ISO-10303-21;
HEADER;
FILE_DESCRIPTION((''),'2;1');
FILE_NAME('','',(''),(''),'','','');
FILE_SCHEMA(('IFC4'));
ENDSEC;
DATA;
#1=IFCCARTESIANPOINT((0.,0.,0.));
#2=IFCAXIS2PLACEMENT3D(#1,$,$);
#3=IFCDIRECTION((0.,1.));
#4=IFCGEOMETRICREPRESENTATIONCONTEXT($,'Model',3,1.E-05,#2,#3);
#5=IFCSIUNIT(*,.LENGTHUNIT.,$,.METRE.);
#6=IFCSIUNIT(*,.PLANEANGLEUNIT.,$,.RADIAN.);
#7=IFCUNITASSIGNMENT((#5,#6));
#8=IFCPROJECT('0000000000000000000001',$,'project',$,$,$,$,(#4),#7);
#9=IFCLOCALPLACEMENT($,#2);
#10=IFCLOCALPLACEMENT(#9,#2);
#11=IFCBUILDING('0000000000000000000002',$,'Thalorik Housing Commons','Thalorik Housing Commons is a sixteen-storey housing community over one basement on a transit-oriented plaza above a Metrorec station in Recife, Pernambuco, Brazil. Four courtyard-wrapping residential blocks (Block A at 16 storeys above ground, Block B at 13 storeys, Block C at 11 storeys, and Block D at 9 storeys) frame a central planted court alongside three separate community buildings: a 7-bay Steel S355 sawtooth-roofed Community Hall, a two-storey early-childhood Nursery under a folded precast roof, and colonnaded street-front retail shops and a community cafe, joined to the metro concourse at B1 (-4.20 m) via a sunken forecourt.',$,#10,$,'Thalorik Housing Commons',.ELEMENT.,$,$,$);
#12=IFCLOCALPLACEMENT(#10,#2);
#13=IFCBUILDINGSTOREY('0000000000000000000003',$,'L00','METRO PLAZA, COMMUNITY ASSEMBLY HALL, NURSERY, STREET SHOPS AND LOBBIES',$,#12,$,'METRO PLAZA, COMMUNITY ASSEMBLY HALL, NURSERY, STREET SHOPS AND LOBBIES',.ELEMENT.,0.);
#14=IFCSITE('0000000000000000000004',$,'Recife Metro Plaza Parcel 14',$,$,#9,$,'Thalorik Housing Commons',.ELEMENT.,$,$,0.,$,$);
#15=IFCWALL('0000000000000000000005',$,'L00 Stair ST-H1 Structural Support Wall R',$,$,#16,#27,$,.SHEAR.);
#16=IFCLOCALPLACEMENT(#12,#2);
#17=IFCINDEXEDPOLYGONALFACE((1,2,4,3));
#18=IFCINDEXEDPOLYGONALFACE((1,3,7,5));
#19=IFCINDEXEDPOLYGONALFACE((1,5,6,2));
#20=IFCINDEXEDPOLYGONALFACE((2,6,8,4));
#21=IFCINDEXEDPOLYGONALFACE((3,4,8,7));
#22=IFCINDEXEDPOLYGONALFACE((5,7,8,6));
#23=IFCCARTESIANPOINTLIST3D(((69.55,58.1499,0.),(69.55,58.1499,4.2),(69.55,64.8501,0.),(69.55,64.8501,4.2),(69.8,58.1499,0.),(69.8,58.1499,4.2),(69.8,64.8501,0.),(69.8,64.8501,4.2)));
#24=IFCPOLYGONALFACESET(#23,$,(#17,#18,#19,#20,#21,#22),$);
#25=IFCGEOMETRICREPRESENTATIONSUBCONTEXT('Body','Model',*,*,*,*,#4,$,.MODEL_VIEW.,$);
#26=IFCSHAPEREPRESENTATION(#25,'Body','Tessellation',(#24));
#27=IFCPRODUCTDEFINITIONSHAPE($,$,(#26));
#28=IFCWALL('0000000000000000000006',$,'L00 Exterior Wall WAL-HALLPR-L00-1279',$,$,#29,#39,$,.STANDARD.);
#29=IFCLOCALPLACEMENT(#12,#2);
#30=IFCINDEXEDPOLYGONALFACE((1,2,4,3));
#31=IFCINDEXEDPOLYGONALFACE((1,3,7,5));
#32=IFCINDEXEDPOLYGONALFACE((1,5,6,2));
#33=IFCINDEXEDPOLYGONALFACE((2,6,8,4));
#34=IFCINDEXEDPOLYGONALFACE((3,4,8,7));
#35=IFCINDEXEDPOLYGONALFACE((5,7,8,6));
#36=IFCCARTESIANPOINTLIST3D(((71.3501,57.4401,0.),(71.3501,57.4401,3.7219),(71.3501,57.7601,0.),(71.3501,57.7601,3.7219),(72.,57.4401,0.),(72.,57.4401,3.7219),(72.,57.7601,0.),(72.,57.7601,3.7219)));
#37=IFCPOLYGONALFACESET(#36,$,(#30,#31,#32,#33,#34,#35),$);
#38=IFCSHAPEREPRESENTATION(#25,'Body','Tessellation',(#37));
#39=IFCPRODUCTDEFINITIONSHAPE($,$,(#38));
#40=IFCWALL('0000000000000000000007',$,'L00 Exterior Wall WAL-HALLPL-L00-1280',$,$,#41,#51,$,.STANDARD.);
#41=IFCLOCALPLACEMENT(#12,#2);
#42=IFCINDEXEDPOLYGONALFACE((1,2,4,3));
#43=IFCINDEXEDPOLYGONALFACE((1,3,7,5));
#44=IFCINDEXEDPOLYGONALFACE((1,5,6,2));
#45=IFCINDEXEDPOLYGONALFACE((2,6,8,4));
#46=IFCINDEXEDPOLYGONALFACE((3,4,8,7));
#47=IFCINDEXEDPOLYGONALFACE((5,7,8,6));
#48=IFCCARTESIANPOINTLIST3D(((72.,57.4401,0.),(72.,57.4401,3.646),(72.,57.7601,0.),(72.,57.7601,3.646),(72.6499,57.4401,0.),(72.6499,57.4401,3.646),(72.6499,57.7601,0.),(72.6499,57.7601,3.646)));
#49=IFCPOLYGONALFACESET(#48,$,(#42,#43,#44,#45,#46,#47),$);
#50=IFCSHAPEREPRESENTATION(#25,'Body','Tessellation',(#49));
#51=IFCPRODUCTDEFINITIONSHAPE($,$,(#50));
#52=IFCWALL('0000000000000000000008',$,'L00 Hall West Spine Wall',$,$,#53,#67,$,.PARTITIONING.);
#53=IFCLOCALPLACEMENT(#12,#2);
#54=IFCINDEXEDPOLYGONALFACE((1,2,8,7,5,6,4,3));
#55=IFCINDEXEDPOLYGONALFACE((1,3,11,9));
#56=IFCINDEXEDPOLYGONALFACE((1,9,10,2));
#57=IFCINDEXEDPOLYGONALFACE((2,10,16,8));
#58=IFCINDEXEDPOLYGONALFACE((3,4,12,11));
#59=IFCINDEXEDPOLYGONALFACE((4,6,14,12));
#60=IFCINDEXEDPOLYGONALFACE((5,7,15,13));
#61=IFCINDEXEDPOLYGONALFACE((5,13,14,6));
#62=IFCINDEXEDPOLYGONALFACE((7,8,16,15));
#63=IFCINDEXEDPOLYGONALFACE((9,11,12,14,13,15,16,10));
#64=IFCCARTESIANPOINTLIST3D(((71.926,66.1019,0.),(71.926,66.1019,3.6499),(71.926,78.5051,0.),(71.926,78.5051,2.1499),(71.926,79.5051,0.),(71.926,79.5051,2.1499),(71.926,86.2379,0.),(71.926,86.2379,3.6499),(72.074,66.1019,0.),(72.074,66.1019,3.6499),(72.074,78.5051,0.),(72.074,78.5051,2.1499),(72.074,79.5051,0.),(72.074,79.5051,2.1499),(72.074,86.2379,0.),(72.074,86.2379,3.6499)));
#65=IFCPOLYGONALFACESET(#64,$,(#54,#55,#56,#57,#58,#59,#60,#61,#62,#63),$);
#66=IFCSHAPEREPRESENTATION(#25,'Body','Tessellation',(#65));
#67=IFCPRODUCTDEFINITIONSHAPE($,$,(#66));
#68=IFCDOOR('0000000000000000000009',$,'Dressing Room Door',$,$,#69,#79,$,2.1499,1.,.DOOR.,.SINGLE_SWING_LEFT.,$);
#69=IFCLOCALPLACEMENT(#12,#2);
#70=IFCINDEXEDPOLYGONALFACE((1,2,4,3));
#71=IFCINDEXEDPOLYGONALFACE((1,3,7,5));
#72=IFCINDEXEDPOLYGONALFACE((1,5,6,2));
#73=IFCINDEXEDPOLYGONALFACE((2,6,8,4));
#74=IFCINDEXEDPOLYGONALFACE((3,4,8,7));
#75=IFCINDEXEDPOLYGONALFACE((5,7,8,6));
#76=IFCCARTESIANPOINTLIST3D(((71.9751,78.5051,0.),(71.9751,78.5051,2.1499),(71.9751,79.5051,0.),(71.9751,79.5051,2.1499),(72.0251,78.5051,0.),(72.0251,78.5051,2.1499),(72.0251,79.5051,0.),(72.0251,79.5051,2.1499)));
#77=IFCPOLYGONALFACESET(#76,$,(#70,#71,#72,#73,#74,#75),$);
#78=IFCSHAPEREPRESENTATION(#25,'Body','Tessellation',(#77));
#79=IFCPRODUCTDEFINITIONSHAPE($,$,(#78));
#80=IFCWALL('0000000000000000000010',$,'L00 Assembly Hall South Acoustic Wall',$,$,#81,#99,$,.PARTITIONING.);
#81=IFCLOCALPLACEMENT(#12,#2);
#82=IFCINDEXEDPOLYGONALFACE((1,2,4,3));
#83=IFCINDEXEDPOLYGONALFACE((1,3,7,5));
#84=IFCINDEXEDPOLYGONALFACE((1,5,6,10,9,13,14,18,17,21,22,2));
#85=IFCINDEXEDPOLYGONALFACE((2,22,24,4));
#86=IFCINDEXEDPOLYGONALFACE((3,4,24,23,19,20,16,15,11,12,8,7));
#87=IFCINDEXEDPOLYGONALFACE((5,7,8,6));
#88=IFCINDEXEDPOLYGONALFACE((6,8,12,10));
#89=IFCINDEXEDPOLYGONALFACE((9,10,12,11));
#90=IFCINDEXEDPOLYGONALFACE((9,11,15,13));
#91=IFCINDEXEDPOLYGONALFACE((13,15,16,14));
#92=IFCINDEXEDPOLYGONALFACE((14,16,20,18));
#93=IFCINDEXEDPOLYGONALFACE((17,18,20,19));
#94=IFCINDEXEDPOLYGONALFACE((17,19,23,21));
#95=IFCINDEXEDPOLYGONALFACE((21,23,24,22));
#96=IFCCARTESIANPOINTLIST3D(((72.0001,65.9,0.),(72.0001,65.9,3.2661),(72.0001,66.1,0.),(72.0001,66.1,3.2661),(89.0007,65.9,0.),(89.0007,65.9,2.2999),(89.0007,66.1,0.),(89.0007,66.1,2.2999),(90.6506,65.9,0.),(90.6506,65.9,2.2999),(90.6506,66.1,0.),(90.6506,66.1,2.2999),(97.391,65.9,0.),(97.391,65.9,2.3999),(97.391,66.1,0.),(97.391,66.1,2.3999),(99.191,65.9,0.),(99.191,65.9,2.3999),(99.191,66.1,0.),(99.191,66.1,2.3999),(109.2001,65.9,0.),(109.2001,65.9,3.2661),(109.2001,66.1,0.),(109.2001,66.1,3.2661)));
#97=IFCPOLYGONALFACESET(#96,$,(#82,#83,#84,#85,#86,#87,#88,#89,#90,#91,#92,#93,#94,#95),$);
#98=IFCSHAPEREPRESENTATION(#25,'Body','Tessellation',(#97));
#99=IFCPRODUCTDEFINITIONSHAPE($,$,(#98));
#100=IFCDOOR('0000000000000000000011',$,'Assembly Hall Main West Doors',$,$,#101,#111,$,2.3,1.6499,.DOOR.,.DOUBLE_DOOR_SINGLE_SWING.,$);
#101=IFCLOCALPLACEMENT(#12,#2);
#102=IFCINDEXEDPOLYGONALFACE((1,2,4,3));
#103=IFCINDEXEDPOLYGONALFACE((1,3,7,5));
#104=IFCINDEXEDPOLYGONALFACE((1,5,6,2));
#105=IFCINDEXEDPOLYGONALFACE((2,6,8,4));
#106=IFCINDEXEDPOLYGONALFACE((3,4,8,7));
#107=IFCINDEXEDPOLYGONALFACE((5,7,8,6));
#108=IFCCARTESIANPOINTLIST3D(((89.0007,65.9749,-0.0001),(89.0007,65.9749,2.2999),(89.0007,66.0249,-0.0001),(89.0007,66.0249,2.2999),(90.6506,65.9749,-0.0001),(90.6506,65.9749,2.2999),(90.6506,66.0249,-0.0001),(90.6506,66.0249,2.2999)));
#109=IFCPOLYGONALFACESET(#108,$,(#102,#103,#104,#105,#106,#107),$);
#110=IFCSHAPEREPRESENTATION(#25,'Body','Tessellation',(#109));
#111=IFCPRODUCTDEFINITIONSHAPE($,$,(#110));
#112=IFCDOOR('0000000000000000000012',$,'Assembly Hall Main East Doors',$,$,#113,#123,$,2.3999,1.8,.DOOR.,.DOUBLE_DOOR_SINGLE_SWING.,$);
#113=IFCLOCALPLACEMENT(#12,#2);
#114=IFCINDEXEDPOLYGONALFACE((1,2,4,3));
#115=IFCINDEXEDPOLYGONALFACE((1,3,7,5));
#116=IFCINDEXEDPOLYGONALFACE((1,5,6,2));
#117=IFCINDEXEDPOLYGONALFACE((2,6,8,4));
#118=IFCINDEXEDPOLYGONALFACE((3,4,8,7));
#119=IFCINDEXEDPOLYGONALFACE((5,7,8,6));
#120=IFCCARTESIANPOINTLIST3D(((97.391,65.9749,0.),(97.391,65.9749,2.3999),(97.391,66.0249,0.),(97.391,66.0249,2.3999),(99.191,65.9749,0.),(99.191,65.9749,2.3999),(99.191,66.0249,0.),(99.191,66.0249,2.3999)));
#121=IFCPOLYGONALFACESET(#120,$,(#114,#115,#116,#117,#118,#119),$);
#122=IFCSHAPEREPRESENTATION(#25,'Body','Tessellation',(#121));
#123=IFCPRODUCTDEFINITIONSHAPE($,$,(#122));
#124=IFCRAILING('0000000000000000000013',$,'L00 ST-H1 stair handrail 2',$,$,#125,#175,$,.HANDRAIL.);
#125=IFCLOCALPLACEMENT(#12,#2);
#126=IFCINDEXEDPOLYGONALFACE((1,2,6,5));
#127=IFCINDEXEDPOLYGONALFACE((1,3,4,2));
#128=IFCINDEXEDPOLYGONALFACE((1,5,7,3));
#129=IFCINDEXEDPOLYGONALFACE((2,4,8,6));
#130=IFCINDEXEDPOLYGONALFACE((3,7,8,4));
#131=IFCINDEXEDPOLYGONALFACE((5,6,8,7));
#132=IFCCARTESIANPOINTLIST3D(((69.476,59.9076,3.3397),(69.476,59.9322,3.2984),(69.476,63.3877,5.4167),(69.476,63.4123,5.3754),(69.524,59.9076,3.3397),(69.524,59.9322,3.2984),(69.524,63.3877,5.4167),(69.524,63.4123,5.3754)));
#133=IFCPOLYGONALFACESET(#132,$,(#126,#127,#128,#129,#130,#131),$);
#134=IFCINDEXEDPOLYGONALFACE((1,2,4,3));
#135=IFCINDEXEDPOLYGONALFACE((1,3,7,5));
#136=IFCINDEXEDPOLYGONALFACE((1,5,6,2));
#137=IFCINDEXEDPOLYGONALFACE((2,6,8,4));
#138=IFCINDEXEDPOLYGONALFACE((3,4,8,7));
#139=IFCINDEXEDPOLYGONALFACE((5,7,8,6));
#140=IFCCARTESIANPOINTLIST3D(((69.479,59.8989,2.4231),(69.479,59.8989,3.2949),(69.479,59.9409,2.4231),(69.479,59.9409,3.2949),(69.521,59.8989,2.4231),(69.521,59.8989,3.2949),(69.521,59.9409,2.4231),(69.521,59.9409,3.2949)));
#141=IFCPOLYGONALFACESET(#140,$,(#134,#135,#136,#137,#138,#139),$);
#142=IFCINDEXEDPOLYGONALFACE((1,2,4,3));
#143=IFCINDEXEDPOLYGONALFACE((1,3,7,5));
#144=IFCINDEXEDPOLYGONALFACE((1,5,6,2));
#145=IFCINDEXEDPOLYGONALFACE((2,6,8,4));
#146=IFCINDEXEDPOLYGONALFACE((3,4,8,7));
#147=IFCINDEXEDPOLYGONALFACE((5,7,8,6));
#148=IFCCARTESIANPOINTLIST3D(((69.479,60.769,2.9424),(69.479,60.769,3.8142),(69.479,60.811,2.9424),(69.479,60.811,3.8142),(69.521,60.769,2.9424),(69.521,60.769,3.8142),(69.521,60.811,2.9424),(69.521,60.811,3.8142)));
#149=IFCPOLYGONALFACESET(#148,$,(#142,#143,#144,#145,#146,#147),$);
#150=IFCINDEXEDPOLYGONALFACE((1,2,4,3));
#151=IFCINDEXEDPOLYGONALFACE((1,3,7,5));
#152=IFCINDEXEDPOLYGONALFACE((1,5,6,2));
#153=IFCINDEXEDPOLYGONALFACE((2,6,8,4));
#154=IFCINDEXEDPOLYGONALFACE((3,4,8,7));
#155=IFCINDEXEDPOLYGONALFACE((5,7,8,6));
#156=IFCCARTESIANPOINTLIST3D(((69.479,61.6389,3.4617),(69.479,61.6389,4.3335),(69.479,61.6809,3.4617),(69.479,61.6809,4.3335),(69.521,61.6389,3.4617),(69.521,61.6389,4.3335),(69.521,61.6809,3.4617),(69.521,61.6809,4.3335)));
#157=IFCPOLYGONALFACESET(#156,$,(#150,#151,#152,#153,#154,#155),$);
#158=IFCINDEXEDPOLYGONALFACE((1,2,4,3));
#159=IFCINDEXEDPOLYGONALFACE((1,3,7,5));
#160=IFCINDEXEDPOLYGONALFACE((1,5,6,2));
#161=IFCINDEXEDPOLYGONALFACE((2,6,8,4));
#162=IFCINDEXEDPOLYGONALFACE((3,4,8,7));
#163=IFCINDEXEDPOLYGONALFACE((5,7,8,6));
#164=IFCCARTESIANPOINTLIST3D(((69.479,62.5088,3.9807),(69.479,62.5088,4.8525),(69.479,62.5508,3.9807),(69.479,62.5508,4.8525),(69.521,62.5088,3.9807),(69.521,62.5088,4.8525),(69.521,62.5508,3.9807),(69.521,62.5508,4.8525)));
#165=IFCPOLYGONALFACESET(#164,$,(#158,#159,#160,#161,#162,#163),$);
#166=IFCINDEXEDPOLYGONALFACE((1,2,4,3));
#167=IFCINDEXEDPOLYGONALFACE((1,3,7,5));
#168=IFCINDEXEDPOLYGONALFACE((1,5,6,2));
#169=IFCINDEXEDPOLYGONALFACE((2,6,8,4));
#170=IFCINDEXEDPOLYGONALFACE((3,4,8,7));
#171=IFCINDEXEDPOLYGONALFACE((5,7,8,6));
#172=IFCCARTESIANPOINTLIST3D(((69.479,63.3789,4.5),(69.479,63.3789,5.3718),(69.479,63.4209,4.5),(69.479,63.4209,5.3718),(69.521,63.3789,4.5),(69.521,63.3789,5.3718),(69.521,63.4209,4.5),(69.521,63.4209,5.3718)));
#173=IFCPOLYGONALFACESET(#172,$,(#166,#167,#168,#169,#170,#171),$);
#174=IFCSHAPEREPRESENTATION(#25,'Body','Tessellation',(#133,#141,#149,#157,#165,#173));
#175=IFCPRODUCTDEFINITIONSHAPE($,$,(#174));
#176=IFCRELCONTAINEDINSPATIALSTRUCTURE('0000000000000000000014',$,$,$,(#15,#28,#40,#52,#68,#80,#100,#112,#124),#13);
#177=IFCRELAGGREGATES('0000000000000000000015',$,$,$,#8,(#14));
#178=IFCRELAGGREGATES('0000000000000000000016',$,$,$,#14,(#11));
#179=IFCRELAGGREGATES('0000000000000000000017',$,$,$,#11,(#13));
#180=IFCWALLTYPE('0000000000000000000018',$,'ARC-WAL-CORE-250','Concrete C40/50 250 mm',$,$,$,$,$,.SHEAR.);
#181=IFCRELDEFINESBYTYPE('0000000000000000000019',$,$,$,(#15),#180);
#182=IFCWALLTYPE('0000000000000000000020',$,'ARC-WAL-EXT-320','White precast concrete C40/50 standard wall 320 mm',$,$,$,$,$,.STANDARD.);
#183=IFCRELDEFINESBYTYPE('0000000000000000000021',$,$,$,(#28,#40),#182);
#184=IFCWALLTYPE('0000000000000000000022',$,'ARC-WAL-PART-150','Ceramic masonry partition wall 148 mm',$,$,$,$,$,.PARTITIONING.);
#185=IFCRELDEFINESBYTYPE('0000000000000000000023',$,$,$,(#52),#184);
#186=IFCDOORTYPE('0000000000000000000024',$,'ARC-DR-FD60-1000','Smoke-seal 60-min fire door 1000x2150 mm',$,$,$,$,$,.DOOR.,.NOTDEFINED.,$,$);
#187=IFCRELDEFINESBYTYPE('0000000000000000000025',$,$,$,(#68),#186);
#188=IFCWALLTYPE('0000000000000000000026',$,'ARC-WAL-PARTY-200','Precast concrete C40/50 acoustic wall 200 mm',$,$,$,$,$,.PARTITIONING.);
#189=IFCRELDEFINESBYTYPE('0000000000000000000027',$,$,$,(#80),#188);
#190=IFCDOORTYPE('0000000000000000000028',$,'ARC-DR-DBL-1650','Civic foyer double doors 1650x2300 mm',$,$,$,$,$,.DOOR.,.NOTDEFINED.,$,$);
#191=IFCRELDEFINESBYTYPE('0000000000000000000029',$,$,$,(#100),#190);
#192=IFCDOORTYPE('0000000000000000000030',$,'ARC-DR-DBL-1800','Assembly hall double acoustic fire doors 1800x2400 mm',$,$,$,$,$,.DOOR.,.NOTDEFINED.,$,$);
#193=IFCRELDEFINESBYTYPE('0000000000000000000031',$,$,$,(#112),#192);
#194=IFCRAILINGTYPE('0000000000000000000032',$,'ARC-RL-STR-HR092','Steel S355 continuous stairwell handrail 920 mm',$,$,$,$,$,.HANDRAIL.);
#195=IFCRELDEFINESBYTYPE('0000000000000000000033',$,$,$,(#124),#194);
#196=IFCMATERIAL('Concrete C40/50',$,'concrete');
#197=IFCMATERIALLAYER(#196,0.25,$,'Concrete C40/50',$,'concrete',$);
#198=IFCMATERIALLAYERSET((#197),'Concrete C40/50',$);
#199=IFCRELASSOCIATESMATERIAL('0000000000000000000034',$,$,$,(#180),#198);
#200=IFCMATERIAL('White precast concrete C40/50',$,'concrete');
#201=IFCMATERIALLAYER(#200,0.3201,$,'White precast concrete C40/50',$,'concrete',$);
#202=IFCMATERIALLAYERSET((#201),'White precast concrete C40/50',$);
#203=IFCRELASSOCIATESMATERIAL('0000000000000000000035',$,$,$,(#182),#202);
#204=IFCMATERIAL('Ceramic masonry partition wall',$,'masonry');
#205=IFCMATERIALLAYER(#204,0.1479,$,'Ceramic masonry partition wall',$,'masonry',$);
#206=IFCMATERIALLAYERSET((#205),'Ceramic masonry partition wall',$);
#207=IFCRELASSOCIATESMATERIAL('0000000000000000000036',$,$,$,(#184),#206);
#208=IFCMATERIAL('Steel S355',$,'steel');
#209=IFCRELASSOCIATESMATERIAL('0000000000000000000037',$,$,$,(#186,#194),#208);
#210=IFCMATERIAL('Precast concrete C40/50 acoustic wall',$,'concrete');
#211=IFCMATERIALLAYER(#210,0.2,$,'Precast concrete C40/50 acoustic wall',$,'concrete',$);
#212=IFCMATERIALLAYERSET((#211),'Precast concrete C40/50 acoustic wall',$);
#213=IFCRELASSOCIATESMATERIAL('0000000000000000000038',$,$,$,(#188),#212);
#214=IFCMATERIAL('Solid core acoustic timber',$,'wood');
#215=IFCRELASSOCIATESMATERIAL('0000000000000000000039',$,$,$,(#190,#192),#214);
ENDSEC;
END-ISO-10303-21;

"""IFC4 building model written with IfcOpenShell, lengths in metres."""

from ifc_helpers import new_model, si_unit, direction, frame, frame_2d, origin, origin_2d, place, context, subcontext, project, spatial, rectangle, extrude, material, layer, layer_set, type_object, element, fill, save


model = new_model("IFC4")

# Units and contexts
model_context = context("Model", 3, precision=1e-05, world=origin(), true_north=direction((0.0, 1.0)))
body_context = subcontext(model_context, "Body", "Model", "MODEL_VIEW")
ifc_project = project(units=[si_unit("LENGTHUNIT", "METRE"), si_unit("PLANEANGLEUNIT", "RADIAN")], contexts=[model_context])

# Site, building, storey
site_placement = place(None, origin())
site = spatial("IfcSite", under=ifc_project, at=site_placement, Name="Recife Metro Plaza Parcel 14", LongName="Thalorik Housing Commons", CompositionType="ELEMENT", RefElevation=0.0)
building_placement = place(site_placement, origin())
building = spatial("IfcBuilding", under=site, at=building_placement, Name="Thalorik Housing Commons", Description="Thalorik Housing Commons is a sixteen-storey housing community over one basement on a transit-oriented plaza above a Metrorec station in Recife, Pernambuco, Brazil. Four courtyard-wrapping residential blocks (Block A at 16 storeys above ground, Block B at 13 storeys, Block C at 11 storeys, and Block D at 9 storeys) frame a central planted court alongside three separate community buildings: a 7-bay Steel S355 sawtooth-roofed Community Hall, a two-storey early-childhood Nursery under a folded precast roof, and colonnaded street-front retail shops and a community cafe, joined to the metro concourse at B1 (-4.20 m) via a sunken forecourt.", LongName="Thalorik Housing Commons", CompositionType="ELEMENT")
storey_placement = place(building_placement, origin())
storey = spatial("IfcBuildingStorey", under=building, at=storey_placement, Name="L00", Description="METRO PLAZA, COMMUNITY ASSEMBLY HALL, NURSERY, STREET SHOPS AND LOBBIES", LongName="METRO PLAZA, COMMUNITY ASSEMBLY HALL, NURSERY, STREET SHOPS AND LOBBIES", CompositionType="ELEMENT", Elevation=0.0)

# Shared definitions
ifc_material_1 = material(Name="Steel S355", Category="steel")

# Walls
ifc_material_2 = material(Name="Concrete C40/50", Category="concrete")
ifc_layer_1 = layer(ifc_material_2, 0.25, Name="Concrete C40/50", Category="concrete")
ifc_layer_set_1 = layer_set([ifc_layer_1], Name="Concrete C40/50")
wall_type_1 = type_object("IfcWallType", Name="ARC-WAL-CORE-250", Description="Concrete C40/50 250 mm", PredefinedType="SHEAR", material=ifc_layer_set_1)
wall_1_placement = place(storey_placement, frame((69.675, 64.8501, 0.0), z_axis=(0.0, 0.0, 1.0), x_axis=(0.0, -1.0, 0.0)))
element("IfcWall", 1, at=wall_1_placement, inside=storey, type_object=wall_type_1, Name="L00 Stair ST-H1 Structural Support Wall R", PredefinedType="SHEAR", context=body_context, shape_type="SweptSolid", body=[
    extrude(rectangle(XDim=6.7002, YDim=0.25, at=frame_2d((3.3501, 0.0))), origin(), (0.0, 0.0, 1.0), 4.2),
])
ifc_material_3 = material(Name="White precast concrete C40/50", Category="concrete")
ifc_layer_2 = layer(ifc_material_3, 0.3201, Name="White precast concrete C40/50", Category="concrete")
ifc_layer_set_2 = layer_set([ifc_layer_2], Name="White precast concrete C40/50")
wall_type_2 = type_object("IfcWallType", Name="ARC-WAL-EXT-320", Description="White precast concrete C40/50 standard wall 320 mm", PredefinedType="STANDARD", material=ifc_layer_set_2)
wall_2_placement = place(storey_placement, frame((71.3501, 57.6001, 0.0), z_axis=(0.0, 0.0, 1.0), x_axis=(1.0, 0.0, 0.0)))
element("IfcWall", 2, at=wall_2_placement, inside=storey, type_object=wall_type_2, Name="L00 Exterior Wall WAL-HALLPR-L00-1279", PredefinedType="STANDARD", context=body_context, shape_type="SweptSolid", body=[
    extrude(rectangle(XDim=0.6499, YDim=0.3201, at=frame_2d((0.325, 0.0))), origin(), (0.0, 0.0, 1.0), 3.7219),
])
wall_3_placement = place(storey_placement, frame((72.0, 57.6001, 0.0), z_axis=(0.0, 0.0, 1.0), x_axis=(1.0, 0.0, 0.0)))
element("IfcWall", 3, at=wall_3_placement, inside=storey, type_object=wall_type_2, Name="L00 Exterior Wall WAL-HALLPL-L00-1280", PredefinedType="STANDARD", context=body_context, shape_type="SweptSolid", body=[
    extrude(rectangle(XDim=0.6499, YDim=0.3201, at=frame_2d((0.325, 0.0))), origin(), (0.0, 0.0, 1.0), 3.646),
])

# Wall, opening, door
ifc_material_4 = material(Name="Ceramic masonry partition wall", Category="masonry")
ifc_layer_3 = layer(ifc_material_4, 0.1479, Name="Ceramic masonry partition wall", Category="masonry")
ifc_layer_set_3 = layer_set([ifc_layer_3], Name="Ceramic masonry partition wall")
wall_type_3 = type_object("IfcWallType", Name="ARC-WAL-PART-150", Description="Ceramic masonry partition wall 148 mm", PredefinedType="PARTITIONING", material=ifc_layer_set_3)
wall_4_placement = place(storey_placement, frame((72.0, 66.1021, 0.0), z_axis=(0.0, 0.0, 1.0), x_axis=(0.0, 1.0, 0.0)))
wall_4 = element("IfcWall", 4, at=wall_4_placement, inside=storey, type_object=wall_type_3, Name="L00 Hall West Spine Wall", PredefinedType="PARTITIONING", context=body_context, shape_type="SweptSolid", body=[
    extrude(rectangle(XDim=20.136, YDim=0.1479, at=frame_2d((10.0679, 0.0))), origin(), (0.0, 0.0, 1.0), 3.6499),
])
opening_1_placement = place(wall_4_placement, frame((12.4031, 0.0, 0.0)))
opening_1 = element("IfcOpeningElement", 5, at=opening_1_placement, cuts=wall_4, PredefinedType="OPENING", context=body_context, shape_type="SweptSolid", body=[
    extrude(rectangle(XDim=1.0, YDim=2.1499, at=frame_2d((0.5, 1.075))), frame((0.0, 0.084, 0.0), z_axis=(0.0, -1.0, 0.0), x_axis=(1.0, 0.0, 0.0)), (0.0, 0.0, 1.0), 0.168),
])
door_type_1 = type_object("IfcDoorType", Name="ARC-DR-FD60-1000", Description="Smoke-seal 60-min fire door 1000x2150 mm", OperationType="NOTDEFINED", PredefinedType="DOOR", material=ifc_material_1)
door_1_placement = place(opening_1_placement, origin())
door_1 = element("IfcDoor", 6, at=door_1_placement, inside=storey, type_object=door_type_1, Name="Dressing Room Door", OperationType="SINGLE_SWING_LEFT", OverallHeight=2.1499, OverallWidth=1.0, PredefinedType="DOOR", context=body_context, shape_type="SweptSolid", body=[
    extrude(rectangle(XDim=1.0, YDim=2.1499, at=frame_2d((0.5, 1.075))), frame((0.0, 0.0249, 0.0), z_axis=(0.0, -1.0, 0.0), x_axis=(1.0, 0.0, 0.0)), (0.0, 0.0, 1.0), 0.05),
])
fill(opening_1, door_1)

# Wall, openings, doors
ifc_material_5 = material(Name="Precast concrete C40/50 acoustic wall", Category="concrete")
ifc_layer_4 = layer(ifc_material_5, 0.2, Name="Precast concrete C40/50 acoustic wall", Category="concrete")
ifc_layer_set_4 = layer_set([ifc_layer_4], Name="Precast concrete C40/50 acoustic wall")
wall_type_4 = type_object("IfcWallType", Name="ARC-WAL-PARTY-200", Description="Precast concrete C40/50 acoustic wall 200 mm", PredefinedType="PARTITIONING", material=ifc_layer_set_4)
wall_5_placement = place(storey_placement, frame((72.0, 66.0, 0.0), z_axis=(0.0, 0.0, 1.0), x_axis=(1.0, 0.0, 0.0)))
wall_5 = element("IfcWall", 7, at=wall_5_placement, inside=storey, type_object=wall_type_4, Name="L00 Assembly Hall South Acoustic Wall", PredefinedType="PARTITIONING", context=body_context, shape_type="SweptSolid", body=[
    extrude(rectangle(XDim=37.2, YDim=0.2, at=frame_2d((18.6001, 0.0))), origin(), (0.0, 0.0, 1.0), 3.2661),
])
opening_2_placement = place(wall_5_placement, frame((17.0007, 0.0, 0.0)))
opening_2 = element("IfcOpeningElement", 8, at=opening_2_placement, cuts=wall_5, PredefinedType="OPENING", context=body_context, shape_type="SweptSolid", body=[
    extrude(rectangle(XDim=1.6499, YDim=2.3, at=frame_2d((0.825, 1.1499))), frame((0.0, 0.1099, 0.0), z_axis=(0.0, -1.0, 0.0), x_axis=(1.0, 0.0, 0.0)), (0.0, 0.0, 1.0), 0.22),
])
opening_3_placement = place(wall_5_placement, frame((25.3911, 0.0, 0.0)))
opening_3 = element("IfcOpeningElement", 9, at=opening_3_placement, cuts=wall_5, PredefinedType="OPENING", context=body_context, shape_type="SweptSolid", body=[
    extrude(rectangle(XDim=1.8, YDim=2.3999, at=frame_2d((0.8999, 1.2))), frame((0.0, 0.1099, 0.0), z_axis=(0.0, -1.0, 0.0), x_axis=(1.0, 0.0, 0.0)), (0.0, 0.0, 1.0), 0.22),
])
ifc_material_6 = material(Name="Solid core acoustic timber", Category="wood")
door_type_2 = type_object("IfcDoorType", Name="ARC-DR-DBL-1650", Description="Civic foyer double doors 1650x2300 mm", OperationType="NOTDEFINED", PredefinedType="DOOR", material=ifc_material_6)
door_2_placement = place(opening_2_placement, origin())
door_2 = element("IfcDoor", 10, at=door_2_placement, inside=storey, type_object=door_type_2, Name="Assembly Hall Main West Doors", OperationType="DOUBLE_DOOR_SINGLE_SWING", OverallHeight=2.3, OverallWidth=1.6499, PredefinedType="DOOR", context=body_context, shape_type="SweptSolid", body=[
    extrude(rectangle(XDim=1.6499, YDim=2.3, at=frame_2d((0.825, 1.1499))), frame((0.0, 0.0249, 0.0), z_axis=(0.0, -1.0, 0.0), x_axis=(1.0, 0.0, 0.0)), (0.0, 0.0, 1.0), 0.05),
])
fill(opening_2, door_2)
door_type_3 = type_object("IfcDoorType", Name="ARC-DR-DBL-1800", Description="Assembly hall double acoustic fire doors 1800x2400 mm", OperationType="NOTDEFINED", PredefinedType="DOOR", material=ifc_material_6)
door_3_placement = place(opening_3_placement, origin())
door_3 = element("IfcDoor", 11, at=door_3_placement, inside=storey, type_object=door_type_3, Name="Assembly Hall Main East Doors", OperationType="DOUBLE_DOOR_SINGLE_SWING", OverallHeight=2.3999, OverallWidth=1.8, PredefinedType="DOOR", context=body_context, shape_type="SweptSolid", body=[
    extrude(rectangle(XDim=1.8, YDim=2.3999, at=frame_2d((0.8999, 1.2))), frame((0.0, 0.0249, 0.0), z_axis=(0.0, -1.0, 0.0), x_axis=(1.0, 0.0, 0.0)), (0.0, 0.0, 1.0), 0.05),
])
fill(opening_3, door_3)

# Railing
railing_type = type_object("IfcRailingType", Name="ARC-RL-STR-HR092", Description="Steel S355 continuous stairwell handrail 920 mm", PredefinedType="HANDRAIL", material=ifc_material_1)
railing_placement = place(storey_placement, frame((69.5, 59.9199, 2.4231)))
element("IfcRailing", 12, at=railing_placement, inside=storey, type_object=railing_type, Name="L00 ST-H1 stair handrail 2", PredefinedType="HANDRAIL", context=body_context, shape_type="SweptSolid", body=[
    extrude(rectangle(XDim=0.0481, YDim=0.0481, at=origin_2d()), frame((0.0, 0.0, 0.896), z_axis=(0.0, 0.858697, 0.512483), x_axis=(-1.0, 0.0, 0.0)), (0.0, 0.0, 1.0), 4.0527),
    extrude(rectangle(XDim=0.042, YDim=0.042, at=origin_2d()), origin(), (0.0, 0.0, 1.0), 0.8718),
    extrude(rectangle(XDim=0.042, YDim=0.042, at=origin_2d()), frame((0.0, 0.8701, 0.5193)), (0.0, 0.0, 1.0), 0.8718),
    extrude(rectangle(XDim=0.042, YDim=0.042, at=origin_2d()), frame((0.0, 1.74, 1.0386)), (0.0, 0.0, 1.0), 0.8718),
    extrude(rectangle(XDim=0.042, YDim=0.042, at=origin_2d()), frame((0.0, 2.6099, 1.5576)), (0.0, 0.0, 1.0), 0.8718),
    extrude(rectangle(XDim=0.042, YDim=0.042, at=origin_2d()), frame((0.0, 3.48, 2.0769)), (0.0, 0.0, 1.0), 0.8718),
])

save(model, "model.ifc")
